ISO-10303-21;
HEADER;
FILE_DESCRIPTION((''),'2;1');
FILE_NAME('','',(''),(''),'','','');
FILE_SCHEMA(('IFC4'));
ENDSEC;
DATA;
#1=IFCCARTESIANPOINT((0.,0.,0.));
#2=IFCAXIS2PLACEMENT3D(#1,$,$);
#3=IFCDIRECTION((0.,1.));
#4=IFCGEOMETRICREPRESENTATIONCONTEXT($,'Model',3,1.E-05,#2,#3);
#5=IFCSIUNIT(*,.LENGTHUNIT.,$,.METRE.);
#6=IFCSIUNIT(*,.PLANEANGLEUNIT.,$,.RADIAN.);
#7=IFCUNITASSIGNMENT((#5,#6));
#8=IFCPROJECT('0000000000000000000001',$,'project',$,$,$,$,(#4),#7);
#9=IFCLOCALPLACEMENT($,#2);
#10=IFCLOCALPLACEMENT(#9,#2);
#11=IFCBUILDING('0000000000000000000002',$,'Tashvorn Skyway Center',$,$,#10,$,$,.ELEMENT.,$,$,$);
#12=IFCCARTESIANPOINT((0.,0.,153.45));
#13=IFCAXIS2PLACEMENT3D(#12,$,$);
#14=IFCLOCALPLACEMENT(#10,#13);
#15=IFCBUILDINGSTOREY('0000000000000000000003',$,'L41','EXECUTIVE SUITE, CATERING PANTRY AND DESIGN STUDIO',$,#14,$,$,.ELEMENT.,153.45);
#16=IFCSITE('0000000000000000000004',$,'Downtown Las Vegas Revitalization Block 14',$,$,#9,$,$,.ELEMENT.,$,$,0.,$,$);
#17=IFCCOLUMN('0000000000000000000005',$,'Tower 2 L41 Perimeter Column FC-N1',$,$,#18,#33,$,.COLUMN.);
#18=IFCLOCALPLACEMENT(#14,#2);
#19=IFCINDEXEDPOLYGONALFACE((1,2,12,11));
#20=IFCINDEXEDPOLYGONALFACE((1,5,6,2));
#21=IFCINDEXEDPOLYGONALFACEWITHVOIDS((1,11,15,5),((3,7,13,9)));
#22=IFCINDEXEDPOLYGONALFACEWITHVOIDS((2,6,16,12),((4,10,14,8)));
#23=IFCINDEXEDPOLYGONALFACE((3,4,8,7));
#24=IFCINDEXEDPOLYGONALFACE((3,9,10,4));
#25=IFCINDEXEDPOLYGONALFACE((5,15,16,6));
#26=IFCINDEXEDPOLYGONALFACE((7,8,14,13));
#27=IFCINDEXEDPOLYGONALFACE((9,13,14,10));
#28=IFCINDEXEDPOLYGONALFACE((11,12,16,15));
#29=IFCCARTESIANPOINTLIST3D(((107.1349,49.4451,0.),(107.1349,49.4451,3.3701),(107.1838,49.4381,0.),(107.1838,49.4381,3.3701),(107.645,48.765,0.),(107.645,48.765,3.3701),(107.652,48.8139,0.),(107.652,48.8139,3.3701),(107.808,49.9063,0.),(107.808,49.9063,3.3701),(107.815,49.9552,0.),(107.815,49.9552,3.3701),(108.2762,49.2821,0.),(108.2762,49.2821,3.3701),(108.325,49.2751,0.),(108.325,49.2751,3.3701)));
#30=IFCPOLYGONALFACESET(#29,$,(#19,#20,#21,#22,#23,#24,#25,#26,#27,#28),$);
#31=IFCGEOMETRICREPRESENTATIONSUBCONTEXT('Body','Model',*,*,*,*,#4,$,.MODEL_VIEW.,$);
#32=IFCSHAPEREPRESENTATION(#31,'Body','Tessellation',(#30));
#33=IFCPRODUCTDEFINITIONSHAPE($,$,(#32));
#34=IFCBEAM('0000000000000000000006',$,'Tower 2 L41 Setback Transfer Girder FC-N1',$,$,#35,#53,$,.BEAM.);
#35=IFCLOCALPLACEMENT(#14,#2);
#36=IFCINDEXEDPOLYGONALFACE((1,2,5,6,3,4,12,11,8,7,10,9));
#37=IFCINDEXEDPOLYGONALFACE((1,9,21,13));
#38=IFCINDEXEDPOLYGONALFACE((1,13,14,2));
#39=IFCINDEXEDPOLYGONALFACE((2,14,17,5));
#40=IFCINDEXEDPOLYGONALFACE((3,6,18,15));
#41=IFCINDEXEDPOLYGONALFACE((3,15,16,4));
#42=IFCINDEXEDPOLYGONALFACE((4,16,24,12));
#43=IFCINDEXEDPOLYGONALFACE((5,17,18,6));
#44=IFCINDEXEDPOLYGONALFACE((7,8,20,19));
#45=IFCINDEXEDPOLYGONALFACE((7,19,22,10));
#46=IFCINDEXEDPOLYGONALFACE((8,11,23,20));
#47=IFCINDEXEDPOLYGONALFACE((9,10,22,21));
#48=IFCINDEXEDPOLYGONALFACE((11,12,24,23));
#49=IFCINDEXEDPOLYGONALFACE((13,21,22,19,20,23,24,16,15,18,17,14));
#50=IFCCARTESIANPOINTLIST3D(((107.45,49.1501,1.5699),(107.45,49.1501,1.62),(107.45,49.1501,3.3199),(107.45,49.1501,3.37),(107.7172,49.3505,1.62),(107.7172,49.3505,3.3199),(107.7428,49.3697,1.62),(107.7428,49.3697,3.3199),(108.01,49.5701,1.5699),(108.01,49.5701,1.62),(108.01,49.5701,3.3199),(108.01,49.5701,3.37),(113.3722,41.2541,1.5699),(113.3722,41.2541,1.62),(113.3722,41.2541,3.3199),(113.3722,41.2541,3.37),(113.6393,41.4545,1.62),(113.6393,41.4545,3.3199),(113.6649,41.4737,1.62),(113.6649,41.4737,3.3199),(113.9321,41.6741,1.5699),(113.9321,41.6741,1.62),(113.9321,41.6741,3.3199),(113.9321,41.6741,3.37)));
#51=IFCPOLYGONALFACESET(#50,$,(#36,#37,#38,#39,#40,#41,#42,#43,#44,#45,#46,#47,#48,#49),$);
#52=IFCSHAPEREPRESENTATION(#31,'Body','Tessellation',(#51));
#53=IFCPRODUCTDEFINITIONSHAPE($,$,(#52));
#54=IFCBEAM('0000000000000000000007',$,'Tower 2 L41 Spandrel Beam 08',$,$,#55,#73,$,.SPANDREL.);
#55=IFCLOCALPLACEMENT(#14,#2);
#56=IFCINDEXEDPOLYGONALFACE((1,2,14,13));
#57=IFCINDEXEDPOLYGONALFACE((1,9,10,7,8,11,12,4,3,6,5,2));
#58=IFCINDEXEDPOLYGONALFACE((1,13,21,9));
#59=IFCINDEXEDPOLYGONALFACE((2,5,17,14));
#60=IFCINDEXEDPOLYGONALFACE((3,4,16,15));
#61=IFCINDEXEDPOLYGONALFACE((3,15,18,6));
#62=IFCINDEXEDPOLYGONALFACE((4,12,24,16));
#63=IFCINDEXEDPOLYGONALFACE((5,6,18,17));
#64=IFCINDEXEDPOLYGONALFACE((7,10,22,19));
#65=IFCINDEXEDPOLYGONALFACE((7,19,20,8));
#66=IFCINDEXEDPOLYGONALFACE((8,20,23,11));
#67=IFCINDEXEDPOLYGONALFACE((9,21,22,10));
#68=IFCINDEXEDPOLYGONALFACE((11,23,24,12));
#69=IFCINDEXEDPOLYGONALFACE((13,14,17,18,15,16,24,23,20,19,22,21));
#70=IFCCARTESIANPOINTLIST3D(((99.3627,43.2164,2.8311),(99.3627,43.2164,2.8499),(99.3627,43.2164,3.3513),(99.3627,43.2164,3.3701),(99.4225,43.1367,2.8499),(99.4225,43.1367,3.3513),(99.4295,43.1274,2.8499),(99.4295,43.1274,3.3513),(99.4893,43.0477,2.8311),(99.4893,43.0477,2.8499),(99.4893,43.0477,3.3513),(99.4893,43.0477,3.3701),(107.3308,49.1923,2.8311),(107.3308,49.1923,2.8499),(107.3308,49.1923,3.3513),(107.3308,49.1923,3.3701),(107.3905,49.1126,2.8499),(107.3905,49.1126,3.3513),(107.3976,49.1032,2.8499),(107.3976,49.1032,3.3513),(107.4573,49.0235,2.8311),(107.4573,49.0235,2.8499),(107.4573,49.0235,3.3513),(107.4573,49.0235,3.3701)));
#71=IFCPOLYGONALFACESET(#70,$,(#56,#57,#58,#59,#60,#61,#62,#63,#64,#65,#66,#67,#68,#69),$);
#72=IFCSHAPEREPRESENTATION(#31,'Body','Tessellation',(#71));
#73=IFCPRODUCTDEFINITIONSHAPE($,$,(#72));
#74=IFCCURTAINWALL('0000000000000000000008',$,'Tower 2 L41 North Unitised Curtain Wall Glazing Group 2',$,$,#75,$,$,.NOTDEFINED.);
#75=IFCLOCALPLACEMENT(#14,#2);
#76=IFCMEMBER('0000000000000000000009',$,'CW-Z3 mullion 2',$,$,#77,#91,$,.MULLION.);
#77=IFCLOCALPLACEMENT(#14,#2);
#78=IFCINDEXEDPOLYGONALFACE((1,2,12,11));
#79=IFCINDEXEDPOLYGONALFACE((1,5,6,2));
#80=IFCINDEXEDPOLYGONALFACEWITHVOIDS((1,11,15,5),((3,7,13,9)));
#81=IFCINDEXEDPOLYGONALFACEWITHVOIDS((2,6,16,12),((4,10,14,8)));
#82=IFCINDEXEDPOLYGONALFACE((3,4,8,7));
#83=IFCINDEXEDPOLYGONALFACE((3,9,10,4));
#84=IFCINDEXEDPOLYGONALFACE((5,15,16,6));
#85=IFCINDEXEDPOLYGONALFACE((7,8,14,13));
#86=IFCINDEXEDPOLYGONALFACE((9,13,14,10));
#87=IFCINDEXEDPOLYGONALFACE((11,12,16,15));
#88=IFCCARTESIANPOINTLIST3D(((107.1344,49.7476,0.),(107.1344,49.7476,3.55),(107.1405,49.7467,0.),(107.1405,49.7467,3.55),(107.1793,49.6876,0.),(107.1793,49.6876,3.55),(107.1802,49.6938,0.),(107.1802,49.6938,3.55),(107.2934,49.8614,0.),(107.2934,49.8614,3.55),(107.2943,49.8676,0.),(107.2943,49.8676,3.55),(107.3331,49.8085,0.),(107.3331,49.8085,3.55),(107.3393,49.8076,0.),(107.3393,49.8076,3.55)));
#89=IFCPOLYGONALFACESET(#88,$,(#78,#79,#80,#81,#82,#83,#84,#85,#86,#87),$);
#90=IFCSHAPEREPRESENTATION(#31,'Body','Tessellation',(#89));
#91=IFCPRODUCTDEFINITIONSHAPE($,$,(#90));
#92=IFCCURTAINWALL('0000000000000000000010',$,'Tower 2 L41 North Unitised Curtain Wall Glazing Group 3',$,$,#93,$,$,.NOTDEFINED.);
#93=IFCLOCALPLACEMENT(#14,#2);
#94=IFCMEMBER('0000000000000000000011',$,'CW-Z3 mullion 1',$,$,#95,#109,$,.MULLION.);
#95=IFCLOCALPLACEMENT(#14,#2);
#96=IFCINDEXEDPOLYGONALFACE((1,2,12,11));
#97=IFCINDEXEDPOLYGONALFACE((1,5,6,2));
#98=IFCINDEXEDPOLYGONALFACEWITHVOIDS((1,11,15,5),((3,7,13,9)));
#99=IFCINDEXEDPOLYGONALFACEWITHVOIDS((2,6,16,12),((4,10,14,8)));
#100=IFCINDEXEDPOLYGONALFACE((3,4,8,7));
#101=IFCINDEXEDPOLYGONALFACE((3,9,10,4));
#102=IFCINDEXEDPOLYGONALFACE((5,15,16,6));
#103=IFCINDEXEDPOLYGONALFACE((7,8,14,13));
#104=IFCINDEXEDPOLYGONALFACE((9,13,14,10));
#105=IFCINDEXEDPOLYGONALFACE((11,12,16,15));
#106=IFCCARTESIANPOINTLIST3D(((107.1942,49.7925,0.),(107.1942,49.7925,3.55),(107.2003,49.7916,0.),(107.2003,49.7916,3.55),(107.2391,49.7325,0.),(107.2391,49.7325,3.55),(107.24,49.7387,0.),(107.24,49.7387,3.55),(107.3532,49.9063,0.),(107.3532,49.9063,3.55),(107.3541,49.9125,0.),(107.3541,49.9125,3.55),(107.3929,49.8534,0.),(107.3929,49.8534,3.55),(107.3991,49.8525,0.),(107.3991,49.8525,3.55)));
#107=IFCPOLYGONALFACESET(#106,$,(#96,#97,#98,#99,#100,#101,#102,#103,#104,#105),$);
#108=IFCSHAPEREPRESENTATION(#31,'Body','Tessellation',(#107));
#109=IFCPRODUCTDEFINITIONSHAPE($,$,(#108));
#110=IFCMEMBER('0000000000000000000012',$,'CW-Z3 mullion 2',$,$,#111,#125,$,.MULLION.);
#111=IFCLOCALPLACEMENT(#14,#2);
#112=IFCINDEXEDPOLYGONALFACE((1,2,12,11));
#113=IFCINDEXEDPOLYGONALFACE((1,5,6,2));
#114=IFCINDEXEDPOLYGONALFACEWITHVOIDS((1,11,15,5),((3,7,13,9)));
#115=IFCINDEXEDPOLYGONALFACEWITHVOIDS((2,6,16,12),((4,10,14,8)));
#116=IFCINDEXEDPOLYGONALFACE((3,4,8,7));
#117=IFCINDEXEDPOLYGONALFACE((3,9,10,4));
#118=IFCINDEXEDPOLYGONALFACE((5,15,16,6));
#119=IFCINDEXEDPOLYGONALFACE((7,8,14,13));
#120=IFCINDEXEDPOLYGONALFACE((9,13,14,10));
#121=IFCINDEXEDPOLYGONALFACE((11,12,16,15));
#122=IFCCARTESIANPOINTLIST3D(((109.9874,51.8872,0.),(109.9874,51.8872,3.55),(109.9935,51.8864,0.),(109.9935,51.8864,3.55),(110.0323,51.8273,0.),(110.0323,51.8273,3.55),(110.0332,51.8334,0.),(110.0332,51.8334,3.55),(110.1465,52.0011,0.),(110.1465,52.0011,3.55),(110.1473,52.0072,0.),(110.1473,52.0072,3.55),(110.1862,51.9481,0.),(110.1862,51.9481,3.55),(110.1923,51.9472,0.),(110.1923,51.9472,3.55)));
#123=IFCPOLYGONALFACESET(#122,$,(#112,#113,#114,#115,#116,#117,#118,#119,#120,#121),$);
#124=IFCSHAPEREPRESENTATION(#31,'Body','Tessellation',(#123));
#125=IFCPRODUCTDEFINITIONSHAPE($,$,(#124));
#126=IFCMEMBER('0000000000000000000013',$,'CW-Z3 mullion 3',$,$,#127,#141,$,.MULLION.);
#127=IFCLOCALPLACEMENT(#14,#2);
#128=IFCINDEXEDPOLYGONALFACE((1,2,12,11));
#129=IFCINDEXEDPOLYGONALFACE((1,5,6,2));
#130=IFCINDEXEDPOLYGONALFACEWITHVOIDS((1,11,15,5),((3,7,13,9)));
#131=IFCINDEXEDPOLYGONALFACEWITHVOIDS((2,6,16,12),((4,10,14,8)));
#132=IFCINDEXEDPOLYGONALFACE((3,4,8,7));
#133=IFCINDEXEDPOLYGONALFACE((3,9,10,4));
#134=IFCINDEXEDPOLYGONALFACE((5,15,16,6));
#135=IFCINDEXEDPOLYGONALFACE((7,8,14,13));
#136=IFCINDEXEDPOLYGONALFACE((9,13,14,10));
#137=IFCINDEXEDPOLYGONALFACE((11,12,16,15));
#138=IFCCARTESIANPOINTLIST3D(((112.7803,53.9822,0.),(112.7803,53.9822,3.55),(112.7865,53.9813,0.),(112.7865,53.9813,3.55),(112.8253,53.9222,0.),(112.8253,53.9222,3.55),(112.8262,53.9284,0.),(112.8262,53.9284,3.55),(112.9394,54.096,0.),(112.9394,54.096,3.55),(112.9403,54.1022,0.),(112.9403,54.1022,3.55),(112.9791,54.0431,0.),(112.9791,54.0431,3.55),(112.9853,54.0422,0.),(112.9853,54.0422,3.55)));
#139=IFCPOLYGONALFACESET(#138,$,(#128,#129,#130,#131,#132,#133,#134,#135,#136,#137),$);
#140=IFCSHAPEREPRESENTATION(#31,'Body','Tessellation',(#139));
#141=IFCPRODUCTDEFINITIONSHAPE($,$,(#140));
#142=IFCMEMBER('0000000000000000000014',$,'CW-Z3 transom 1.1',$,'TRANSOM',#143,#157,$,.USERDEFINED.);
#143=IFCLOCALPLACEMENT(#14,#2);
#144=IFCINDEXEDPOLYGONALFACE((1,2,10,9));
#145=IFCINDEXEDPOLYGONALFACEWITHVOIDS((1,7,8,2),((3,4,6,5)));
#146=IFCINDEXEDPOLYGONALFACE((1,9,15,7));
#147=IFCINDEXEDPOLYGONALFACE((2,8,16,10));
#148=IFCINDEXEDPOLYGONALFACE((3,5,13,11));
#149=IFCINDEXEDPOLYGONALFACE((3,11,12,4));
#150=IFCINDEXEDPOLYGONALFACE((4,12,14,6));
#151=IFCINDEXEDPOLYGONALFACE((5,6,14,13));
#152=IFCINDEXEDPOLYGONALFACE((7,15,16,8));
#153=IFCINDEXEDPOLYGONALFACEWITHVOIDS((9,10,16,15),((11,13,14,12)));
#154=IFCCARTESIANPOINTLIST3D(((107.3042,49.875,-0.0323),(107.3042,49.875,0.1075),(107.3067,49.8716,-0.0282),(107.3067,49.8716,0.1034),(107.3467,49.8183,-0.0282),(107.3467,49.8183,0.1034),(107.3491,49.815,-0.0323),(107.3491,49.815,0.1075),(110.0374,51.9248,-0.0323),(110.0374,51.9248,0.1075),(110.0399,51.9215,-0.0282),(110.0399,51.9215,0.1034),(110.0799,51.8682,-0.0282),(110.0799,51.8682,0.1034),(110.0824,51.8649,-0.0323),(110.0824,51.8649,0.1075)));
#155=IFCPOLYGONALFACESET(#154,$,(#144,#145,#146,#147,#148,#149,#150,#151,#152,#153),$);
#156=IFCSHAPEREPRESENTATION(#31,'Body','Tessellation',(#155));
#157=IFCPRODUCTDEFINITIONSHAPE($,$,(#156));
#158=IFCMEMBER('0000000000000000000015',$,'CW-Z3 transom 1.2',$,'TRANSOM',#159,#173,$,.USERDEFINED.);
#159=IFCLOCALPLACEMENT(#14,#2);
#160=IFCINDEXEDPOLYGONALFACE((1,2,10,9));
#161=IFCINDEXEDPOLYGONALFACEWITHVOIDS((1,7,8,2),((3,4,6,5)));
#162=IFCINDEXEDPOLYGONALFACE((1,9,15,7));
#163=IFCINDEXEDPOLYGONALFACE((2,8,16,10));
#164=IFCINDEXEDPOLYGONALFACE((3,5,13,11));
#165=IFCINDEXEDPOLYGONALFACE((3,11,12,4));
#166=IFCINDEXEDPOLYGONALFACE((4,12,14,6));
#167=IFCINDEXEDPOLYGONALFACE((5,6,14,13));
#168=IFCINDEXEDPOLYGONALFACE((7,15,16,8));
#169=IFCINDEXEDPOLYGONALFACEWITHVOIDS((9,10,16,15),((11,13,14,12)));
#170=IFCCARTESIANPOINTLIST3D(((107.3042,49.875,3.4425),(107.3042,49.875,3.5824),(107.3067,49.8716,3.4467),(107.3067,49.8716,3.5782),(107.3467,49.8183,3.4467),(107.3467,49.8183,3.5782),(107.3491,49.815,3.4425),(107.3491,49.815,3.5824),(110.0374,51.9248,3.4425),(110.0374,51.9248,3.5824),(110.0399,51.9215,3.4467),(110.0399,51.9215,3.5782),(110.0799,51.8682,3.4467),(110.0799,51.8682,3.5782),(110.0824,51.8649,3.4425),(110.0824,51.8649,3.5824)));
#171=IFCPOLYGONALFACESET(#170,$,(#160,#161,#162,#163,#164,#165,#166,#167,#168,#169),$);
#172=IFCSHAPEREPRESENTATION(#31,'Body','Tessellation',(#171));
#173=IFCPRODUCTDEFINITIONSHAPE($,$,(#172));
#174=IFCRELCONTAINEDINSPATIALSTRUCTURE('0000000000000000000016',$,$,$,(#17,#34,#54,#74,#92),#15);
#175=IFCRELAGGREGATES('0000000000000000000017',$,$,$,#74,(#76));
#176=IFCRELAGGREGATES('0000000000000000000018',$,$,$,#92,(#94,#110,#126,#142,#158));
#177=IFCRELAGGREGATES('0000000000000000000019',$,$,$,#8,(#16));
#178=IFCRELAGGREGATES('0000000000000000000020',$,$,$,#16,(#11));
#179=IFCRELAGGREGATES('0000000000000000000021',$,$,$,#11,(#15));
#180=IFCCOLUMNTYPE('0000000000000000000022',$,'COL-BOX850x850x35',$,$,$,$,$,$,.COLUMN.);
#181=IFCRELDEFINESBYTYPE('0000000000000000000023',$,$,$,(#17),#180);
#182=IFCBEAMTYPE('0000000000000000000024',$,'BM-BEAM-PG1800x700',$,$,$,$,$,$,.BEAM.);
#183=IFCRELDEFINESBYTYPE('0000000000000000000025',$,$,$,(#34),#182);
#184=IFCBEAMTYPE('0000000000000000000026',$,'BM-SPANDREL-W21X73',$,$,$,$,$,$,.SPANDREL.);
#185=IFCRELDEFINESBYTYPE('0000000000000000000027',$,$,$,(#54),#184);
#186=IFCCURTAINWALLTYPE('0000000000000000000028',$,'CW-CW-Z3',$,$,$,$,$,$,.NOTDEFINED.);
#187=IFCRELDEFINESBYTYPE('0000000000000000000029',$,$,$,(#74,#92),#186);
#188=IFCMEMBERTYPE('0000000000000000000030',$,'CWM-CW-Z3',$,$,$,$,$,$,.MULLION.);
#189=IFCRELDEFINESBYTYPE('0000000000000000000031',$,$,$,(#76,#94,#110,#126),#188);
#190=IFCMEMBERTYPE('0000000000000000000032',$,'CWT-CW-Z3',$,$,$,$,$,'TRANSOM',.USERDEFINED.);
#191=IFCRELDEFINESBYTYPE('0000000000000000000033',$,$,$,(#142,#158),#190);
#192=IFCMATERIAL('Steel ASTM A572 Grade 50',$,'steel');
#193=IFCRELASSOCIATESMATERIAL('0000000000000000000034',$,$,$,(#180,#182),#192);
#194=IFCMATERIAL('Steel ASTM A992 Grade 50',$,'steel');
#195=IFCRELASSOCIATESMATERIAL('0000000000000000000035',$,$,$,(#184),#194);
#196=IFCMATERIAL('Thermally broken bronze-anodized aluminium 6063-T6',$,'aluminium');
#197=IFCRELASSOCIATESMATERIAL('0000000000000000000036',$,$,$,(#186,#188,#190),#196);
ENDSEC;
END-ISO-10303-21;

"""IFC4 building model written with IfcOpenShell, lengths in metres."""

from ifc_helpers import new_model, si_unit, direction, frame, origin, origin_2d, place, context, subcontext, project, spatial, hollow_rectangle, i_section, extrude, material, material_profile, profile_set, type_object, element, aggregate, save


model = new_model("IFC4")

# Units and contexts
model_context = context("Model", 3, precision=1e-05, world=origin(), true_north=direction((0.0, 1.0)))
body_context = subcontext(model_context, "Body", "Model", "MODEL_VIEW")
ifc_project = project(units=[si_unit("LENGTHUNIT", "METRE"), si_unit("PLANEANGLEUNIT", "RADIAN")], contexts=[model_context])

# Site, building, storey
site_placement = place(None, origin())
site = spatial("IfcSite", under=ifc_project, at=site_placement, Name="Downtown Las Vegas Revitalization Block 14", CompositionType="ELEMENT", RefElevation=0.0)
building_placement = place(site_placement, origin())
building = spatial("IfcBuilding", under=site, at=building_placement, Name="Tashvorn Skyway Center", CompositionType="ELEMENT")
storey_placement = place(building_placement, frame((0.0, 0.0, 153.45)))
storey = spatial("IfcBuildingStorey", under=building, at=storey_placement, Name="L41", Description="EXECUTIVE SUITE, CATERING PANTRY AND DESIGN STUDIO", CompositionType="ELEMENT", Elevation=153.45)

# Column
ifc_material_1 = material(Name="Steel ASTM A572 Grade 50", Category="steel")
ifc_material_profile_1 = material_profile(ifc_material_1, hollow_rectangle(XDim=0.8501, YDim=0.8501, WallThickness=0.0349, at=origin_2d()), Name="BOX850x850x35")
ifc_profile_set_1 = profile_set([ifc_material_profile_1], Name="Steel ASTM A572 Grade 50")
column_type = type_object("IfcColumnType", Name="COL-BOX850x850x35", PredefinedType="COLUMN", material=ifc_profile_set_1)
column_placement = place(storey_placement, frame((107.73, 49.3601, 0.0), z_axis=(0.0, 0.0, 1.0), x_axis=(0.8, 0.6, 0.0)))
element("IfcColumn", 1, at=column_placement, inside=storey, type_object=column_type, Name="Tower 2 L41 Perimeter Column FC-N1", PredefinedType="COLUMN", context=body_context, shape_type="SweptSolid", body=[
    extrude(hollow_rectangle(XDim=0.8501, YDim=0.8501, WallThickness=0.0349, at=origin_2d()), origin(), (0.0, 0.0, 1.0), 3.3701),
])

# Beams
ifc_material_profile_2 = material_profile(ifc_material_1, i_section(OverallWidth=0.7, OverallDepth=1.8, WebThickness=0.032, FlangeThickness=0.05, at=origin_2d()), Name="PG1800x700")
ifc_profile_set_2 = profile_set([ifc_material_profile_2], Name="Steel ASTM A572 Grade 50")
beam_type_1 = type_object("IfcBeamType", Name="BM-BEAM-PG1800x700", PredefinedType="BEAM", material=ifc_profile_set_2)
beam_1_placement = place(storey_placement, frame((107.73, 49.3601, 2.47), z_axis=(0.600008, -0.799994, 0.0), x_axis=(0.799994, 0.600008, 0.0)))
element("IfcBeam", 2, at=beam_1_placement, inside=storey, type_object=beam_type_1, Name="Tower 2 L41 Setback Transfer Girder FC-N1", PredefinedType="BEAM", context=body_context, shape_type="SweptSolid", body=[
    extrude(i_section(OverallWidth=0.7, OverallDepth=1.8, WebThickness=0.032, FlangeThickness=0.05, at=origin_2d()), origin(), (0.0, 0.0, 1.0), 9.8701),
])
ifc_material_2 = material(Name="Steel ASTM A992 Grade 50", Category="steel")
ifc_material_profile_3 = material_profile(ifc_material_2, i_section(OverallWidth=0.2109, OverallDepth=0.5391, WebThickness=0.0117, FlangeThickness=0.0188, at=origin_2d()), Name="W21X73")
ifc_profile_set_3 = profile_set([ifc_material_profile_3], Name="Steel ASTM A992 Grade 50")
beam_type_2 = type_object("IfcBeamType", Name="BM-SPANDREL-W21X73", PredefinedType="SPANDREL", material=ifc_profile_set_3)
beam_2_placement = place(storey_placement, frame((107.394, 49.1079, 3.1006), z_axis=(-0.800009, -0.599988, 0.0), x_axis=(0.599988, -0.800009, 0.0)))
element("IfcBeam", 3, at=beam_2_placement, inside=storey, type_object=beam_type_2, Name="Tower 2 L41 Spandrel Beam 08", PredefinedType="SPANDREL", context=body_context, shape_type="SweptSolid", body=[
    extrude(i_section(OverallWidth=0.2109, OverallDepth=0.5391, WebThickness=0.0117, FlangeThickness=0.0188, at=origin_2d()), origin(), (0.0, 0.0, 1.0), 9.96),
])

# Curtain wall, member
ifc_material_3 = material(Name="Thermally broken bronze-anodized aluminium 6063-T6", Category="aluminium")
curtain_wall_type = type_object("IfcCurtainWallType", Name="CW-CW-Z3", PredefinedType="NOTDEFINED", material=ifc_material_3)
curtain_wall_1_placement = place(storey_placement, origin())
curtain_wall_1 = element("IfcCurtainWall", 4, at=curtain_wall_1_placement, inside=storey, type_object=curtain_wall_type, Name="Tower 2 L41 North Unitised Curtain Wall Glazing Group 2", PredefinedType="NOTDEFINED")
ifc_material_profile_4 = material_profile(ifc_material_3, hollow_rectangle(XDim=0.075, YDim=0.2, WallThickness=0.0044, at=origin_2d()), Name="ALU-MULL-75x200")
ifc_profile_set_4 = profile_set([ifc_material_profile_4], Name="Thermally broken bronze-anodized aluminium 6063-T6")
member_type_1 = type_object("IfcMemberType", Name="CWM-CW-Z3", PredefinedType="MULLION", material=ifc_profile_set_4)
member_1_placement = place(storey_placement, frame((107.2368, 49.7776, 0.0), z_axis=(0.0, 0.0, 1.0), x_axis=(-0.599997, 0.800002, 0.0)))
member_1 = element("IfcMember", 5, at=member_1_placement, type_object=member_type_1, Name="CW-Z3 mullion 2", PredefinedType="MULLION", context=body_context, shape_type="SweptSolid", body=[
    extrude(hollow_rectangle(XDim=0.075, YDim=0.2, WallThickness=0.0044, at=origin_2d()), origin(), (0.0, 0.0, 1.0), 3.55),
])
aggregate(curtain_wall_1, [member_1])

# Curtain wall, members
curtain_wall_2_placement = place(storey_placement, origin())
curtain_wall_2 = element("IfcCurtainWall", 6, at=curtain_wall_2_placement, inside=storey, type_object=curtain_wall_type, Name="Tower 2 L41 North Unitised Curtain Wall Glazing Group 3", PredefinedType="NOTDEFINED")
member_2_placement = place(storey_placement, frame((107.2966, 49.8225, 0.0), z_axis=(0.0, 0.0, 1.0), x_axis=(-0.600005, 0.799997, 0.0)))
member_2 = element("IfcMember", 7, at=member_2_placement, type_object=member_type_1, Name="CW-Z3 mullion 1", PredefinedType="MULLION", context=body_context, shape_type="SweptSolid", body=[
    extrude(hollow_rectangle(XDim=0.075, YDim=0.2, WallThickness=0.0044, at=origin_2d()), origin(), (0.0, 0.0, 1.0), 3.55),
])
member_3_placement = place(storey_placement, frame((110.0898, 51.9172, 0.0), z_axis=(0.0, 0.0, 1.0), x_axis=(-0.600005, 0.799997, 0.0)))
member_3 = element("IfcMember", 8, at=member_3_placement, type_object=member_type_1, Name="CW-Z3 mullion 2", PredefinedType="MULLION", context=body_context, shape_type="SweptSolid", body=[
    extrude(hollow_rectangle(XDim=0.075, YDim=0.2, WallThickness=0.0044, at=origin_2d()), origin(), (0.0, 0.0, 1.0), 3.55),
])
member_4_placement = place(storey_placement, frame((112.8828, 54.0122, 0.0), z_axis=(0.0, 0.0, 1.0), x_axis=(-0.600005, 0.799997, 0.0)))
member_4 = element("IfcMember", 9, at=member_4_placement, type_object=member_type_1, Name="CW-Z3 mullion 3", PredefinedType="MULLION", context=body_context, shape_type="SweptSolid", body=[
    extrude(hollow_rectangle(XDim=0.075, YDim=0.2, WallThickness=0.0044, at=origin_2d()), origin(), (0.0, 0.0, 1.0), 3.55),
])
ifc_material_profile_5 = material_profile(ifc_material_3, hollow_rectangle(XDim=0.075, YDim=0.1399, WallThickness=0.0042, at=origin_2d()), Name="ALU-TRAN-75x140")
ifc_profile_set_5 = profile_set([ifc_material_profile_5], Name="Thermally broken bronze-anodized aluminium 6063-T6")
member_type_2 = type_object("IfcMemberType", Name="CWT-CW-Z3", ElementType="TRANSOM", PredefinedType="USERDEFINED", material=ifc_profile_set_5)
member_5_placement = place(storey_placement, frame((107.3267, 49.845, 0.0376), z_axis=(0.800009, 0.599989, 0.0), x_axis=(-0.599989, 0.800009, 0.0)))
member_5 = element("IfcMember", 10, at=member_5_placement, type_object=member_type_2, Name="CW-Z3 transom 1.1", ObjectType="TRANSOM", PredefinedType="USERDEFINED", context=body_context, shape_type="SweptSolid", body=[
    extrude(hollow_rectangle(XDim=0.075, YDim=0.1399, WallThickness=0.0042, at=origin_2d()), origin(), (0.0, 0.0, 1.0), 3.4165),
])
member_6_placement = place(storey_placement, frame((107.3267, 49.845, 3.5125), z_axis=(0.800009, 0.599989, 0.0), x_axis=(-0.599989, 0.800009, 0.0)))
member_6 = element("IfcMember", 11, at=member_6_placement, type_object=member_type_2, Name="CW-Z3 transom 1.2", ObjectType="TRANSOM", PredefinedType="USERDEFINED", context=body_context, shape_type="SweptSolid", body=[
    extrude(hollow_rectangle(XDim=0.075, YDim=0.1399, WallThickness=0.0042, at=origin_2d()), origin(), (0.0, 0.0, 1.0), 3.4165),
])
aggregate(curtain_wall_2, [member_2, member_3, member_4, member_5, member_6])

save(model, "model.ifc")
